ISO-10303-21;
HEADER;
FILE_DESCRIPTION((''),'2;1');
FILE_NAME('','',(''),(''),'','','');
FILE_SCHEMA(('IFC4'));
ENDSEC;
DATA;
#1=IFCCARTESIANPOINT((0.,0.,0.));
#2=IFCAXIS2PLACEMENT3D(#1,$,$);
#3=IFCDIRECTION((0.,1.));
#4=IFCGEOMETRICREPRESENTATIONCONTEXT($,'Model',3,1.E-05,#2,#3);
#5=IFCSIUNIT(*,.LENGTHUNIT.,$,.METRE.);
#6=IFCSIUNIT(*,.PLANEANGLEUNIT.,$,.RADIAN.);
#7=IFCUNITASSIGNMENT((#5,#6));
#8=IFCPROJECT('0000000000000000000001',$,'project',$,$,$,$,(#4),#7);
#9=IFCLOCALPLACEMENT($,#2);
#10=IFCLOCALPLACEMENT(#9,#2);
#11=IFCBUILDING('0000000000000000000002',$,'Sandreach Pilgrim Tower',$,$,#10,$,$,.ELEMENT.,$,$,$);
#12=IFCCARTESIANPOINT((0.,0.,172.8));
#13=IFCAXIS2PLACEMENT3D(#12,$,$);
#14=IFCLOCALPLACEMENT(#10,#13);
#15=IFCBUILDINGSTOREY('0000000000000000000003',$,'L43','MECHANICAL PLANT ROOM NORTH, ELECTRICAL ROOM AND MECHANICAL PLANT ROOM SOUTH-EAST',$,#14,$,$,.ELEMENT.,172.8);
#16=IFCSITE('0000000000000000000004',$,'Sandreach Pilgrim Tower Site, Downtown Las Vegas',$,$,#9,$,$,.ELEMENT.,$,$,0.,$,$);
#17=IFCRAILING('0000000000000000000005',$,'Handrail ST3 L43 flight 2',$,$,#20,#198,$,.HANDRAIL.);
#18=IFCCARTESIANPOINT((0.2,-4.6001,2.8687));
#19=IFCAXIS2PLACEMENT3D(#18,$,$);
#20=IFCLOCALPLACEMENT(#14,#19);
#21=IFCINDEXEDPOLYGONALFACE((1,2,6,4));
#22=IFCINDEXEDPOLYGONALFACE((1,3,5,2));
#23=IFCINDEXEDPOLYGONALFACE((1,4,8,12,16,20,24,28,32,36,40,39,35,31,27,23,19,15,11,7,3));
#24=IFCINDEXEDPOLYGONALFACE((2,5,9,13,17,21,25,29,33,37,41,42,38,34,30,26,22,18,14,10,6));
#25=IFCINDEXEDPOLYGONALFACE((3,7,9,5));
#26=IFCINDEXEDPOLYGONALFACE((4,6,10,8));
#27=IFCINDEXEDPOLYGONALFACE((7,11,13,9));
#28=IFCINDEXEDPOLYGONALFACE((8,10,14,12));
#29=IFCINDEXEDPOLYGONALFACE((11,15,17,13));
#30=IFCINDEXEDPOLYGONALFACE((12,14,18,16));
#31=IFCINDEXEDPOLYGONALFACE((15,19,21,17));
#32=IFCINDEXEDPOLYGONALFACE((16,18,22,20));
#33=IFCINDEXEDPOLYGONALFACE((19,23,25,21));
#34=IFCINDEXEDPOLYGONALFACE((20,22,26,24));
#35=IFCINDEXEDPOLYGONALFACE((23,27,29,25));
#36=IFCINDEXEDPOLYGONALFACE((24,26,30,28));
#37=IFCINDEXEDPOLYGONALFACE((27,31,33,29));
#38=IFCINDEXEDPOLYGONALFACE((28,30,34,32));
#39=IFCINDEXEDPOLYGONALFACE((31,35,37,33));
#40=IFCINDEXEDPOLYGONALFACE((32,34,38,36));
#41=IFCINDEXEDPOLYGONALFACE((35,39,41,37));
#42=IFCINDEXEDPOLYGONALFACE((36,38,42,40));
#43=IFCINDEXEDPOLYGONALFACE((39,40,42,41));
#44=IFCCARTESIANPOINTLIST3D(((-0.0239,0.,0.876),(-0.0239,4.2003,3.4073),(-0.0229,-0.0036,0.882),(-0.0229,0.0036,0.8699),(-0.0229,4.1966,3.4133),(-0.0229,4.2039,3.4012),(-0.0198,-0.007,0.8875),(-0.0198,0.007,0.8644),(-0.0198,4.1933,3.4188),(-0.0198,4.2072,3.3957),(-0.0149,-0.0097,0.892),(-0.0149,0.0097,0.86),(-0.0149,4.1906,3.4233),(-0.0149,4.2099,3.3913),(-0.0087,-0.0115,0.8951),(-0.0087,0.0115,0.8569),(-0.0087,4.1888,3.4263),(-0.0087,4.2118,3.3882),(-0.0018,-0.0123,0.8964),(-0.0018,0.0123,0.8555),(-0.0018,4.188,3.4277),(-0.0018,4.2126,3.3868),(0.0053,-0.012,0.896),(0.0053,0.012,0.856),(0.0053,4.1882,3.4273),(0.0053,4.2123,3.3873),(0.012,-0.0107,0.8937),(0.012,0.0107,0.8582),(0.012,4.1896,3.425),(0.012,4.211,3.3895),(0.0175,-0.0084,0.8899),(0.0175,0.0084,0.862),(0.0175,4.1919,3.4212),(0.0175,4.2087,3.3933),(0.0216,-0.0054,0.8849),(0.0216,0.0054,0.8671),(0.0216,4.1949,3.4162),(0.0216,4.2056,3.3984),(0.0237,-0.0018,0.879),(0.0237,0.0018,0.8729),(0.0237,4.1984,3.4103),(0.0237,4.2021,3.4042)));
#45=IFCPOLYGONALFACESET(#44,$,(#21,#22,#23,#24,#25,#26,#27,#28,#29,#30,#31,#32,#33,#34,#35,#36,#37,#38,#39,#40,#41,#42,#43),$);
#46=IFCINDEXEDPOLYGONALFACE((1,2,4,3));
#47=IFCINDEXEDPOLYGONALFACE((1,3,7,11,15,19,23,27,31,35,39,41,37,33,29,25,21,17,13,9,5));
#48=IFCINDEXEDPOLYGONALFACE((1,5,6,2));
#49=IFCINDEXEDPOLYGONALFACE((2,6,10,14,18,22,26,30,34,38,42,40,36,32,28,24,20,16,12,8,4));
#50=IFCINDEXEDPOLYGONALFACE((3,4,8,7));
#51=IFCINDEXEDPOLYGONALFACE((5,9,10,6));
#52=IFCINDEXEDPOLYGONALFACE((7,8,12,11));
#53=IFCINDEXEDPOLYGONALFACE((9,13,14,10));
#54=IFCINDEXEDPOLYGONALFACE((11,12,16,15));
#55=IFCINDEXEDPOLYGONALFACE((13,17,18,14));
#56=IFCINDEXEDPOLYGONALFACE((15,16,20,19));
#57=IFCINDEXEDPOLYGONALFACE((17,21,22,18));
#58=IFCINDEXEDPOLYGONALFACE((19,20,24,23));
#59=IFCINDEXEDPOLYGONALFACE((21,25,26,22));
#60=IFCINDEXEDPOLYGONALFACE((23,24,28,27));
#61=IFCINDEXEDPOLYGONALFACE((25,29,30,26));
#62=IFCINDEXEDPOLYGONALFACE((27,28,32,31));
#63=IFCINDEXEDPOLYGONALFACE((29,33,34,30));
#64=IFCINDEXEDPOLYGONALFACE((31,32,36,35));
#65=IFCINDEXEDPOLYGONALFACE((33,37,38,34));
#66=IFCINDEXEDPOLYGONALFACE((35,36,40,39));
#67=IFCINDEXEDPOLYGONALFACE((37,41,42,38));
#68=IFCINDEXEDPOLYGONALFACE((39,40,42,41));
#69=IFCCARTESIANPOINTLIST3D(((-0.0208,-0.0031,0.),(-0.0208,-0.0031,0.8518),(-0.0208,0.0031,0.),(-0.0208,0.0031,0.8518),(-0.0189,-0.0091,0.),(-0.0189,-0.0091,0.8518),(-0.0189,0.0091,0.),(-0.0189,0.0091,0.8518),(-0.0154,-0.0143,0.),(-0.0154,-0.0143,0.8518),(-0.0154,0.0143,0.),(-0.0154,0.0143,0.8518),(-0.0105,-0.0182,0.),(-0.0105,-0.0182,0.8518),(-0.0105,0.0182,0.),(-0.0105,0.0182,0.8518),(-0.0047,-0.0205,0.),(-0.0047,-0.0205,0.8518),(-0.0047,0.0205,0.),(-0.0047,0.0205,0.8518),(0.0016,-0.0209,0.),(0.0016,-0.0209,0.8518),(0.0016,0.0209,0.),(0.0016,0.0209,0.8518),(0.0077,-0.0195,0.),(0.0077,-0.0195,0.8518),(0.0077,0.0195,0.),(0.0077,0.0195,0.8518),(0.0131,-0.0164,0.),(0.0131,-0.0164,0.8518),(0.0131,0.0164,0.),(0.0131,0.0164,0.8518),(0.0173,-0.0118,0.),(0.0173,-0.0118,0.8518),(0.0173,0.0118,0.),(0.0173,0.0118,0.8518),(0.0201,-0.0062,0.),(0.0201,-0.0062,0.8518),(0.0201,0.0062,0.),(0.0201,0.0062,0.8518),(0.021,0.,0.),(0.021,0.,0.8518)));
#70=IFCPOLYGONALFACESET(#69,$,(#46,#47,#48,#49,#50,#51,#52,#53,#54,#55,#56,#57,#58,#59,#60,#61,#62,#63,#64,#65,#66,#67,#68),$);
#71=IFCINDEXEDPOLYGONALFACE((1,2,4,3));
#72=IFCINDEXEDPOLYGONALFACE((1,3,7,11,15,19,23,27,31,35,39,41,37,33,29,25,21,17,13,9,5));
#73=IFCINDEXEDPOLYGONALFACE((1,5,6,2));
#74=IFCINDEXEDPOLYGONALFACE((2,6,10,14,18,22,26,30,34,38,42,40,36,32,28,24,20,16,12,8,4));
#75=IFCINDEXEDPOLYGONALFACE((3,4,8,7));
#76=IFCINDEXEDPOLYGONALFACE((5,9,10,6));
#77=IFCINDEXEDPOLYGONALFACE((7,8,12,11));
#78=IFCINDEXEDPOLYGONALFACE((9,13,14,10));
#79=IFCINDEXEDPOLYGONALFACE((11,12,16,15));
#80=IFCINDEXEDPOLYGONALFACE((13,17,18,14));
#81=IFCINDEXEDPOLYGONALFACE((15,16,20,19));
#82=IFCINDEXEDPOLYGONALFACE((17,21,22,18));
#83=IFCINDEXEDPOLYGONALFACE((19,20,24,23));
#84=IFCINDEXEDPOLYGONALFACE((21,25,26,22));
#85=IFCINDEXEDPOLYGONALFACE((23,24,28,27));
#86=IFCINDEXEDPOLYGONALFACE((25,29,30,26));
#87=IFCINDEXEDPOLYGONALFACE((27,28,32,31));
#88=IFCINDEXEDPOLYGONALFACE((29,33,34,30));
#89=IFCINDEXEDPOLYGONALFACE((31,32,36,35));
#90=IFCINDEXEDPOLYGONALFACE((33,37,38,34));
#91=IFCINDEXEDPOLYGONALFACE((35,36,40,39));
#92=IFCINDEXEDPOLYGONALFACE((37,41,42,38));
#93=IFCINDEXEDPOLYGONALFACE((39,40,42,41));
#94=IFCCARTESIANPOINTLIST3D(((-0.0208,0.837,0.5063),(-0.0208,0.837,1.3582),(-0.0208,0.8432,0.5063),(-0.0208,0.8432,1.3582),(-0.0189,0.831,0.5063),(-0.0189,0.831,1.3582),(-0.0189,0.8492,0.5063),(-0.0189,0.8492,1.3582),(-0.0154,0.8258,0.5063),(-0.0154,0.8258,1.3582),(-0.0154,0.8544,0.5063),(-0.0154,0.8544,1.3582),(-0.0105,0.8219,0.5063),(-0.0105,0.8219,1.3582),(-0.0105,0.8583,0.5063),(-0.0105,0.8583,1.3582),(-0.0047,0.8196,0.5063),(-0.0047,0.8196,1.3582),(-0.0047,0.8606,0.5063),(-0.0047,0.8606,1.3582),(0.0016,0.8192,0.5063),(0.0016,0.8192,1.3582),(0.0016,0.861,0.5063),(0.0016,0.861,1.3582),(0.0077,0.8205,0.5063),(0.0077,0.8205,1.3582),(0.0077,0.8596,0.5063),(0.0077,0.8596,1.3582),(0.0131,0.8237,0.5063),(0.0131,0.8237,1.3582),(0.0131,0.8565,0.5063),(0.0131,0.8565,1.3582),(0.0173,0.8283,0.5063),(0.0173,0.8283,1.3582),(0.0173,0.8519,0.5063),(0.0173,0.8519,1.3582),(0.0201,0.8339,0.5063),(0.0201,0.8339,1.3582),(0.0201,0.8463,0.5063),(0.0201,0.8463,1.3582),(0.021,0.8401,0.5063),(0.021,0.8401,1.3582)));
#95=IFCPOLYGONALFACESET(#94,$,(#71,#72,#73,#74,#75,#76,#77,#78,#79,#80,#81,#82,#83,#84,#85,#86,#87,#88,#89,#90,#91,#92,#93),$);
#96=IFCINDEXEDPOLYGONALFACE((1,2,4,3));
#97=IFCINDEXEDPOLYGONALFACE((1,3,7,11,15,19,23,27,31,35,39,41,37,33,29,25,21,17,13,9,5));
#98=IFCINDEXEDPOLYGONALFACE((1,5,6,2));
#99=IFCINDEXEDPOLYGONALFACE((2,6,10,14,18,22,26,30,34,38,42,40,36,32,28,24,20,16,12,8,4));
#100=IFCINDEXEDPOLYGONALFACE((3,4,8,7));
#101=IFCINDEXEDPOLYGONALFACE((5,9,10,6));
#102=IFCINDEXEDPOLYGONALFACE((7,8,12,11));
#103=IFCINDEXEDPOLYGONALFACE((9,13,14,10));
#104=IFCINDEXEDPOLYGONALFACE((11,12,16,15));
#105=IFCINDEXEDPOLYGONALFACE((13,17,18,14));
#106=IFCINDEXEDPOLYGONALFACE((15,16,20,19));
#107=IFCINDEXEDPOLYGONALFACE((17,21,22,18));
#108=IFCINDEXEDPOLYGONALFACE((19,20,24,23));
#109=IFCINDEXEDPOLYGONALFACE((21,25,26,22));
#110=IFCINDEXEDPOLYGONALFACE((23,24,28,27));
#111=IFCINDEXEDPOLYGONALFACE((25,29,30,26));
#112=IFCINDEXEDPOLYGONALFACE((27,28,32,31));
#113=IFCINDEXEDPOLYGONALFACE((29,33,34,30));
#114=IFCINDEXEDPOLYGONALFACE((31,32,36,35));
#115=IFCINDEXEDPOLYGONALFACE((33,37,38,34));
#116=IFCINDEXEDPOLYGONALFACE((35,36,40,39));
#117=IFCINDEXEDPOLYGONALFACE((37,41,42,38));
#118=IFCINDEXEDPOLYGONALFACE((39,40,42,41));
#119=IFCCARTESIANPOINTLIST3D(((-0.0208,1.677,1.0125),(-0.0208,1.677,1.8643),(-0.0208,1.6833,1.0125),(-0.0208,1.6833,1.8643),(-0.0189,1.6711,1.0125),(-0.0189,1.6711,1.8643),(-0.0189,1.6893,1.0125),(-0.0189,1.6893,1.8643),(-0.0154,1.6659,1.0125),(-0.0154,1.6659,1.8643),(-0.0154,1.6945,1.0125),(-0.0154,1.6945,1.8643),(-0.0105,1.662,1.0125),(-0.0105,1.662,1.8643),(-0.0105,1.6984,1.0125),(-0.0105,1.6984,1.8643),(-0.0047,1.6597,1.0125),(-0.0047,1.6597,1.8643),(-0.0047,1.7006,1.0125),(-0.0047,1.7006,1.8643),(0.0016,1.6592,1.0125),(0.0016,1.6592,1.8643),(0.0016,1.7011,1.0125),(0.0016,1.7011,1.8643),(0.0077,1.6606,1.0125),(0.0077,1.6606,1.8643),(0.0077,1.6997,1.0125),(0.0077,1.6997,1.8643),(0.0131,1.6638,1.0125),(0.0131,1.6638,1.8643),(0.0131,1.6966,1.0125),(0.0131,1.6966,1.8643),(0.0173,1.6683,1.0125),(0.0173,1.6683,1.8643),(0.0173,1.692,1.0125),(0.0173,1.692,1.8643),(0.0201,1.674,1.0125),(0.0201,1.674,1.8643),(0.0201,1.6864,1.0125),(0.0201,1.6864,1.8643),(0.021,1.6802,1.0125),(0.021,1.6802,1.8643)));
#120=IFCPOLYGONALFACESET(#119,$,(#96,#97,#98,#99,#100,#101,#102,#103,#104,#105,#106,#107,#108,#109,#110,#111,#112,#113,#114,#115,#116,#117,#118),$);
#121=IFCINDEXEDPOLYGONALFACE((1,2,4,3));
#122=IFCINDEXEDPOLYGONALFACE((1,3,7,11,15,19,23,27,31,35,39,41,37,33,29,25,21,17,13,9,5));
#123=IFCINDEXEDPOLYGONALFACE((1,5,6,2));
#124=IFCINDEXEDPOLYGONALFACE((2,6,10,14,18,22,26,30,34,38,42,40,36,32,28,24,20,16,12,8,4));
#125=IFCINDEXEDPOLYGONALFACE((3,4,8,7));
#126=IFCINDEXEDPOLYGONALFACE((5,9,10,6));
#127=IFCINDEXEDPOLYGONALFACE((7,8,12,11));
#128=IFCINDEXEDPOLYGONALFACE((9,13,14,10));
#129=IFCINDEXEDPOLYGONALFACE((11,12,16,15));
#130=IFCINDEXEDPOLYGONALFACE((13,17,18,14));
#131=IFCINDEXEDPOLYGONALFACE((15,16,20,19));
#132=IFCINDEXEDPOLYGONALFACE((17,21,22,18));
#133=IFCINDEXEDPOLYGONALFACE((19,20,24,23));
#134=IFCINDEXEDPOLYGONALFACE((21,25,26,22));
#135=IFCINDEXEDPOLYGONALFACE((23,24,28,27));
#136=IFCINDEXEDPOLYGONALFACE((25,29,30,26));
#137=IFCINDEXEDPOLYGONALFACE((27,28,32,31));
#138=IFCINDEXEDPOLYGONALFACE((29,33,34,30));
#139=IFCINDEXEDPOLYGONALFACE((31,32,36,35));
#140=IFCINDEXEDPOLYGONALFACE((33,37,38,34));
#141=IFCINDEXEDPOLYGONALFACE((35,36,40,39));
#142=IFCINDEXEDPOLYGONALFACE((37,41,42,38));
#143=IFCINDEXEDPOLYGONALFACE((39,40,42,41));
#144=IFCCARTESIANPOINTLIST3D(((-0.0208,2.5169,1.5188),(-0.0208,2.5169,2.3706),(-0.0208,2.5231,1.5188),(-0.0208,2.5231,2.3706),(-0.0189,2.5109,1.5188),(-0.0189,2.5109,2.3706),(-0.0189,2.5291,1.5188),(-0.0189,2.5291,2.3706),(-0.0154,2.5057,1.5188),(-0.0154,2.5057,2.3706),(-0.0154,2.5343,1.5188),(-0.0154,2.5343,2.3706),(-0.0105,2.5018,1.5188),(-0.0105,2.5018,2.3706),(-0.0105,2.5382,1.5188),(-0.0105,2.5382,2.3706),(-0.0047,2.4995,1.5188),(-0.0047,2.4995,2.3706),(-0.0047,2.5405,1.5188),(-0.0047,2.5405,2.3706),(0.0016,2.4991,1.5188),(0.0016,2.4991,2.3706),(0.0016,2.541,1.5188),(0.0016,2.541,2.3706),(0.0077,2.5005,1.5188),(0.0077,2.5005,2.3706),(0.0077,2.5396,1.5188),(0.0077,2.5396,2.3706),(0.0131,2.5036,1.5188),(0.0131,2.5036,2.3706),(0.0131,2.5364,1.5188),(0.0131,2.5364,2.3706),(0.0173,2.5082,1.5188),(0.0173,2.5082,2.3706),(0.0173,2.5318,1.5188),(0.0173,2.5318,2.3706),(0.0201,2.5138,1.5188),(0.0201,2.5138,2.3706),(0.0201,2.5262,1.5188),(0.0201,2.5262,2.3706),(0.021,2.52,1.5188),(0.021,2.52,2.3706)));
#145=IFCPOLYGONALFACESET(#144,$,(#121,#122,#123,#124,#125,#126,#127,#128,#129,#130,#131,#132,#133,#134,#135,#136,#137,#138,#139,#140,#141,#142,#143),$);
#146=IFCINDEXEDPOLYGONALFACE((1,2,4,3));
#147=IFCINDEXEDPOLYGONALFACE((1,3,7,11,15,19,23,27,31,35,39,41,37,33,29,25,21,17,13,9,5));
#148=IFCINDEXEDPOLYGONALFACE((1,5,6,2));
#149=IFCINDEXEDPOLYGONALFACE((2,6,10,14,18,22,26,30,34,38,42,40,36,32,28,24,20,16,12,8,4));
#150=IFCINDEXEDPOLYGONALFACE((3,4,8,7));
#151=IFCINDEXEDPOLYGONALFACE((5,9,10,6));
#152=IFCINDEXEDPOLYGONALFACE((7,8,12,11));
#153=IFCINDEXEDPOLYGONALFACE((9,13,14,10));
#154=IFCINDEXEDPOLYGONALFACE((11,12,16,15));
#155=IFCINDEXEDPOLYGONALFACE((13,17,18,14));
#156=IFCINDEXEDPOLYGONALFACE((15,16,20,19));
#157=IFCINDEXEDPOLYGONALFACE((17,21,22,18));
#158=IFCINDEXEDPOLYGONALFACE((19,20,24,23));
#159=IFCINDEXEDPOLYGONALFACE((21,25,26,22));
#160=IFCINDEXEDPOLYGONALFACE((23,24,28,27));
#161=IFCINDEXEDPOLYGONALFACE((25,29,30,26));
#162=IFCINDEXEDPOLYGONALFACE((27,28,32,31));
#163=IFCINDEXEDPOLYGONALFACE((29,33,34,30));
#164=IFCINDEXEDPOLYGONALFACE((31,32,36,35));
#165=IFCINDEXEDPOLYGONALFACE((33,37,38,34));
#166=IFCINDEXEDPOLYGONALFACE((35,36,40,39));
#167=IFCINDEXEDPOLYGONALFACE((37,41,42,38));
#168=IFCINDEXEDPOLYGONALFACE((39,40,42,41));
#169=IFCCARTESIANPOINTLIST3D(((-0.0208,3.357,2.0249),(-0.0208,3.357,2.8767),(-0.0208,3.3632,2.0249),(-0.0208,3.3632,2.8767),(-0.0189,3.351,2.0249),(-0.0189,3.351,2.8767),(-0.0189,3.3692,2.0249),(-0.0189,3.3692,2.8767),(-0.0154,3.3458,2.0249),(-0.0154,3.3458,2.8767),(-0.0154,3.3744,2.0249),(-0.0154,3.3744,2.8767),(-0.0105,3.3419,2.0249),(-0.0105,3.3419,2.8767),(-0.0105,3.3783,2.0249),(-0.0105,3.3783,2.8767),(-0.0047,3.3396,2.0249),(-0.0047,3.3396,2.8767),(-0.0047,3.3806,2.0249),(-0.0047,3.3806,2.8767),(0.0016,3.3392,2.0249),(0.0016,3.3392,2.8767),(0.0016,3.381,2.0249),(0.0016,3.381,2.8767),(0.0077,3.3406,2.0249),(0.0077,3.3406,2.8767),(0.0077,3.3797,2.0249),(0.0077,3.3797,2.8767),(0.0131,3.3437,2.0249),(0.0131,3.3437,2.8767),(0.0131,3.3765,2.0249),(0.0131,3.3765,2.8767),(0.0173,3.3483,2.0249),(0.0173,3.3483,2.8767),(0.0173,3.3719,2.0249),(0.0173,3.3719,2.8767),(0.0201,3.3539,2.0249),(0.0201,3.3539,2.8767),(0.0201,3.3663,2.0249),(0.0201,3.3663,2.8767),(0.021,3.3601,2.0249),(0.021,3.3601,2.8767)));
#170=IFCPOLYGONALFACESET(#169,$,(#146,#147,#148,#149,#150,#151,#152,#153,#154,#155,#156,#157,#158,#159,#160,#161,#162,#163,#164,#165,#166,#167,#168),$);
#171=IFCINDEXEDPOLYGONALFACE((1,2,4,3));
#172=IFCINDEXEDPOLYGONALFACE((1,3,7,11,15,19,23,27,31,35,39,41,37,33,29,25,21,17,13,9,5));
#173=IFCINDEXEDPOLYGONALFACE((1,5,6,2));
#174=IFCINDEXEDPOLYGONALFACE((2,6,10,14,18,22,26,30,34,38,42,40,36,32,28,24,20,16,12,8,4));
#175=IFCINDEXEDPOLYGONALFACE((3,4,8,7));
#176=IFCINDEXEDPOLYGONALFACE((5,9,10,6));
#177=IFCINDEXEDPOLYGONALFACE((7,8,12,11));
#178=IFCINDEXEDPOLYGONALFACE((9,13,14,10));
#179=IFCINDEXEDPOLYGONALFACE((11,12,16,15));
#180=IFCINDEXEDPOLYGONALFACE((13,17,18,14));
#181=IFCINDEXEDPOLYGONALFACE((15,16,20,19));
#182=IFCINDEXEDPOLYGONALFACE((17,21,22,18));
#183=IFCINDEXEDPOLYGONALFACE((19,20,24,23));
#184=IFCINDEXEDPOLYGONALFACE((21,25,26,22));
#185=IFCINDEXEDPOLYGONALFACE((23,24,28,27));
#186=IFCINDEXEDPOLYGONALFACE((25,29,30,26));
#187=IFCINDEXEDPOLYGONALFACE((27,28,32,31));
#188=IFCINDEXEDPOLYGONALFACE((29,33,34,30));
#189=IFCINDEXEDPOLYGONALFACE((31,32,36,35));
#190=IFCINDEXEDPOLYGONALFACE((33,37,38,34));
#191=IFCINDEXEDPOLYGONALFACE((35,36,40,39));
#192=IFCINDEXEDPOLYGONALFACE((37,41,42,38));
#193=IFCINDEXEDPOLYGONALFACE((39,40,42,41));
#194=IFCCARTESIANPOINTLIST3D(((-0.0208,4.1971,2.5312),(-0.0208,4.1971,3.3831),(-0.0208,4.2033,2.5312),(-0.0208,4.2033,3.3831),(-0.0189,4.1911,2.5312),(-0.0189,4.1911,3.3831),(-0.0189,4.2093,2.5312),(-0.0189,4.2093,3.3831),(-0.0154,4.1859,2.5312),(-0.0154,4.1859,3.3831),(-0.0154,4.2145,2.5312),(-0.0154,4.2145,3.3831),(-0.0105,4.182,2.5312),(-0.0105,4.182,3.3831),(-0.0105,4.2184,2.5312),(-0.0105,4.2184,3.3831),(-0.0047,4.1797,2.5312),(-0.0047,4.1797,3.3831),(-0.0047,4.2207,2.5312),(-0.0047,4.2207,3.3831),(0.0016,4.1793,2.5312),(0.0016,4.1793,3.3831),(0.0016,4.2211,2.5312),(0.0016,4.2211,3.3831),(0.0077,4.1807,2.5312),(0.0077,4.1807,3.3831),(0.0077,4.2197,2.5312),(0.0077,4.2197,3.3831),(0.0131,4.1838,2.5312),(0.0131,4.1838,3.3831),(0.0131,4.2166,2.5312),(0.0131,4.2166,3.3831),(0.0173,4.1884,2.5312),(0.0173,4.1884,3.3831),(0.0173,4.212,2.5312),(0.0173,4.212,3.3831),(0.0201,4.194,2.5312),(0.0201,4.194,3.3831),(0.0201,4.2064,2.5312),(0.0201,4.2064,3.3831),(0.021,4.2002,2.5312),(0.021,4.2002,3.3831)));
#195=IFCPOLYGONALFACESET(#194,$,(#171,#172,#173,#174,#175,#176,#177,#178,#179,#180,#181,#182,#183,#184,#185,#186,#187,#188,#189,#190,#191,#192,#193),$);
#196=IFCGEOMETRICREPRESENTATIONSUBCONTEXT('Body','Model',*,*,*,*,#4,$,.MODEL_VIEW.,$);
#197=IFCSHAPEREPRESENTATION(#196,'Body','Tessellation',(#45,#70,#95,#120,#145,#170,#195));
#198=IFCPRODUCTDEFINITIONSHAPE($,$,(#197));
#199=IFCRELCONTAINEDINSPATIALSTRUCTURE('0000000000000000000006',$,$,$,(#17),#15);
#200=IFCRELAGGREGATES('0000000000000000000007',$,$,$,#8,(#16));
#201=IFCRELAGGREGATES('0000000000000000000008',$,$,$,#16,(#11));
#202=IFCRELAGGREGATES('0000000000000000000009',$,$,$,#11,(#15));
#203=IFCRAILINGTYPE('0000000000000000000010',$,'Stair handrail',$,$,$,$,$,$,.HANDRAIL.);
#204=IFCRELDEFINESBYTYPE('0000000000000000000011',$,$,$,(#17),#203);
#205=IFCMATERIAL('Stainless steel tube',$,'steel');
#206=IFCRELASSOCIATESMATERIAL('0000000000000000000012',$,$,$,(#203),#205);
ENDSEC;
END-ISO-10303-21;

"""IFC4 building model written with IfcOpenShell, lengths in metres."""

from ifc_helpers import new_model, si_unit, direction, frame, origin, origin_2d, place, context, subcontext, project, spatial, circle, extrude, material, type_object, element, save


model = new_model("IFC4")

# Units and contexts
model_context = context("Model", 3, precision=1e-05, world=origin(), true_north=direction((0.0, 1.0)))
body_context = subcontext(model_context, "Body", "Model", "MODEL_VIEW")
ifc_project = project(units=[si_unit("LENGTHUNIT", "METRE"), si_unit("PLANEANGLEUNIT", "RADIAN")], contexts=[model_context])

# Site, building, storey
site_placement = place(None, origin())
site = spatial("IfcSite", under=ifc_project, at=site_placement, Name="Sandreach Pilgrim Tower Site, Downtown Las Vegas", CompositionType="ELEMENT", RefElevation=0.0)
building_placement = place(site_placement, origin())
building = spatial("IfcBuilding", under=site, at=building_placement, Name="Sandreach Pilgrim Tower", CompositionType="ELEMENT")
storey_placement = place(building_placement, frame((0.0, 0.0, 172.8)))
storey = spatial("IfcBuildingStorey", under=building, at=storey_placement, Name="L43", Description="MECHANICAL PLANT ROOM NORTH, ELECTRICAL ROOM AND MECHANICAL PLANT ROOM SOUTH-EAST", CompositionType="ELEMENT", Elevation=172.8)

# Railing
ifc_material_1 = material(Name="Stainless steel tube", Category="steel")
railing_type = type_object("IfcRailingType", Name="Stair handrail", PredefinedType="HANDRAIL", material=ifc_material_1)
for number, where, name in (
    (1, (0.2, -4.6001, 2.8687), "Handrail ST3 L43 flight 2"),
):
    element("IfcRailing", number, at=place(storey_placement, frame(where)), inside=storey, type_object=railing_type, Name=name, PredefinedType="HANDRAIL", context=body_context, shape_type="SweptSolid", body=[
        extrude(circle(Radius=0.0239, at=origin_2d()), frame((0.0, 0.0, 0.876), z_axis=(0.0, 0.85649, 0.516164), x_axis=(-1.0, 0.0, 0.0)), (0.0, 0.0, 1.0), 4.9041),
        extrude(circle(Radius=0.021, at=origin_2d()), origin(), (0.0, 0.0, 1.0), 0.8518),
        extrude(circle(Radius=0.021, at=origin_2d()), frame((0.0, 0.8401, 0.5063)), (0.0, 0.0, 1.0), 0.8518),
        extrude(circle(Radius=0.021, at=origin_2d()), frame((0.0, 1.6802, 1.0125)), (0.0, 0.0, 1.0), 0.8518),
        extrude(circle(Radius=0.021, at=origin_2d()), frame((0.0, 2.52, 1.5188)), (0.0, 0.0, 1.0), 0.8518),
        extrude(circle(Radius=0.021, at=origin_2d()), frame((0.0, 3.3601, 2.0249)), (0.0, 0.0, 1.0), 0.8518),
        extrude(circle(Radius=0.021, at=origin_2d()), frame((0.0, 4.2002, 2.5312)), (0.0, 0.0, 1.0), 0.8518),
    ])

save(model, "model.ifc")
